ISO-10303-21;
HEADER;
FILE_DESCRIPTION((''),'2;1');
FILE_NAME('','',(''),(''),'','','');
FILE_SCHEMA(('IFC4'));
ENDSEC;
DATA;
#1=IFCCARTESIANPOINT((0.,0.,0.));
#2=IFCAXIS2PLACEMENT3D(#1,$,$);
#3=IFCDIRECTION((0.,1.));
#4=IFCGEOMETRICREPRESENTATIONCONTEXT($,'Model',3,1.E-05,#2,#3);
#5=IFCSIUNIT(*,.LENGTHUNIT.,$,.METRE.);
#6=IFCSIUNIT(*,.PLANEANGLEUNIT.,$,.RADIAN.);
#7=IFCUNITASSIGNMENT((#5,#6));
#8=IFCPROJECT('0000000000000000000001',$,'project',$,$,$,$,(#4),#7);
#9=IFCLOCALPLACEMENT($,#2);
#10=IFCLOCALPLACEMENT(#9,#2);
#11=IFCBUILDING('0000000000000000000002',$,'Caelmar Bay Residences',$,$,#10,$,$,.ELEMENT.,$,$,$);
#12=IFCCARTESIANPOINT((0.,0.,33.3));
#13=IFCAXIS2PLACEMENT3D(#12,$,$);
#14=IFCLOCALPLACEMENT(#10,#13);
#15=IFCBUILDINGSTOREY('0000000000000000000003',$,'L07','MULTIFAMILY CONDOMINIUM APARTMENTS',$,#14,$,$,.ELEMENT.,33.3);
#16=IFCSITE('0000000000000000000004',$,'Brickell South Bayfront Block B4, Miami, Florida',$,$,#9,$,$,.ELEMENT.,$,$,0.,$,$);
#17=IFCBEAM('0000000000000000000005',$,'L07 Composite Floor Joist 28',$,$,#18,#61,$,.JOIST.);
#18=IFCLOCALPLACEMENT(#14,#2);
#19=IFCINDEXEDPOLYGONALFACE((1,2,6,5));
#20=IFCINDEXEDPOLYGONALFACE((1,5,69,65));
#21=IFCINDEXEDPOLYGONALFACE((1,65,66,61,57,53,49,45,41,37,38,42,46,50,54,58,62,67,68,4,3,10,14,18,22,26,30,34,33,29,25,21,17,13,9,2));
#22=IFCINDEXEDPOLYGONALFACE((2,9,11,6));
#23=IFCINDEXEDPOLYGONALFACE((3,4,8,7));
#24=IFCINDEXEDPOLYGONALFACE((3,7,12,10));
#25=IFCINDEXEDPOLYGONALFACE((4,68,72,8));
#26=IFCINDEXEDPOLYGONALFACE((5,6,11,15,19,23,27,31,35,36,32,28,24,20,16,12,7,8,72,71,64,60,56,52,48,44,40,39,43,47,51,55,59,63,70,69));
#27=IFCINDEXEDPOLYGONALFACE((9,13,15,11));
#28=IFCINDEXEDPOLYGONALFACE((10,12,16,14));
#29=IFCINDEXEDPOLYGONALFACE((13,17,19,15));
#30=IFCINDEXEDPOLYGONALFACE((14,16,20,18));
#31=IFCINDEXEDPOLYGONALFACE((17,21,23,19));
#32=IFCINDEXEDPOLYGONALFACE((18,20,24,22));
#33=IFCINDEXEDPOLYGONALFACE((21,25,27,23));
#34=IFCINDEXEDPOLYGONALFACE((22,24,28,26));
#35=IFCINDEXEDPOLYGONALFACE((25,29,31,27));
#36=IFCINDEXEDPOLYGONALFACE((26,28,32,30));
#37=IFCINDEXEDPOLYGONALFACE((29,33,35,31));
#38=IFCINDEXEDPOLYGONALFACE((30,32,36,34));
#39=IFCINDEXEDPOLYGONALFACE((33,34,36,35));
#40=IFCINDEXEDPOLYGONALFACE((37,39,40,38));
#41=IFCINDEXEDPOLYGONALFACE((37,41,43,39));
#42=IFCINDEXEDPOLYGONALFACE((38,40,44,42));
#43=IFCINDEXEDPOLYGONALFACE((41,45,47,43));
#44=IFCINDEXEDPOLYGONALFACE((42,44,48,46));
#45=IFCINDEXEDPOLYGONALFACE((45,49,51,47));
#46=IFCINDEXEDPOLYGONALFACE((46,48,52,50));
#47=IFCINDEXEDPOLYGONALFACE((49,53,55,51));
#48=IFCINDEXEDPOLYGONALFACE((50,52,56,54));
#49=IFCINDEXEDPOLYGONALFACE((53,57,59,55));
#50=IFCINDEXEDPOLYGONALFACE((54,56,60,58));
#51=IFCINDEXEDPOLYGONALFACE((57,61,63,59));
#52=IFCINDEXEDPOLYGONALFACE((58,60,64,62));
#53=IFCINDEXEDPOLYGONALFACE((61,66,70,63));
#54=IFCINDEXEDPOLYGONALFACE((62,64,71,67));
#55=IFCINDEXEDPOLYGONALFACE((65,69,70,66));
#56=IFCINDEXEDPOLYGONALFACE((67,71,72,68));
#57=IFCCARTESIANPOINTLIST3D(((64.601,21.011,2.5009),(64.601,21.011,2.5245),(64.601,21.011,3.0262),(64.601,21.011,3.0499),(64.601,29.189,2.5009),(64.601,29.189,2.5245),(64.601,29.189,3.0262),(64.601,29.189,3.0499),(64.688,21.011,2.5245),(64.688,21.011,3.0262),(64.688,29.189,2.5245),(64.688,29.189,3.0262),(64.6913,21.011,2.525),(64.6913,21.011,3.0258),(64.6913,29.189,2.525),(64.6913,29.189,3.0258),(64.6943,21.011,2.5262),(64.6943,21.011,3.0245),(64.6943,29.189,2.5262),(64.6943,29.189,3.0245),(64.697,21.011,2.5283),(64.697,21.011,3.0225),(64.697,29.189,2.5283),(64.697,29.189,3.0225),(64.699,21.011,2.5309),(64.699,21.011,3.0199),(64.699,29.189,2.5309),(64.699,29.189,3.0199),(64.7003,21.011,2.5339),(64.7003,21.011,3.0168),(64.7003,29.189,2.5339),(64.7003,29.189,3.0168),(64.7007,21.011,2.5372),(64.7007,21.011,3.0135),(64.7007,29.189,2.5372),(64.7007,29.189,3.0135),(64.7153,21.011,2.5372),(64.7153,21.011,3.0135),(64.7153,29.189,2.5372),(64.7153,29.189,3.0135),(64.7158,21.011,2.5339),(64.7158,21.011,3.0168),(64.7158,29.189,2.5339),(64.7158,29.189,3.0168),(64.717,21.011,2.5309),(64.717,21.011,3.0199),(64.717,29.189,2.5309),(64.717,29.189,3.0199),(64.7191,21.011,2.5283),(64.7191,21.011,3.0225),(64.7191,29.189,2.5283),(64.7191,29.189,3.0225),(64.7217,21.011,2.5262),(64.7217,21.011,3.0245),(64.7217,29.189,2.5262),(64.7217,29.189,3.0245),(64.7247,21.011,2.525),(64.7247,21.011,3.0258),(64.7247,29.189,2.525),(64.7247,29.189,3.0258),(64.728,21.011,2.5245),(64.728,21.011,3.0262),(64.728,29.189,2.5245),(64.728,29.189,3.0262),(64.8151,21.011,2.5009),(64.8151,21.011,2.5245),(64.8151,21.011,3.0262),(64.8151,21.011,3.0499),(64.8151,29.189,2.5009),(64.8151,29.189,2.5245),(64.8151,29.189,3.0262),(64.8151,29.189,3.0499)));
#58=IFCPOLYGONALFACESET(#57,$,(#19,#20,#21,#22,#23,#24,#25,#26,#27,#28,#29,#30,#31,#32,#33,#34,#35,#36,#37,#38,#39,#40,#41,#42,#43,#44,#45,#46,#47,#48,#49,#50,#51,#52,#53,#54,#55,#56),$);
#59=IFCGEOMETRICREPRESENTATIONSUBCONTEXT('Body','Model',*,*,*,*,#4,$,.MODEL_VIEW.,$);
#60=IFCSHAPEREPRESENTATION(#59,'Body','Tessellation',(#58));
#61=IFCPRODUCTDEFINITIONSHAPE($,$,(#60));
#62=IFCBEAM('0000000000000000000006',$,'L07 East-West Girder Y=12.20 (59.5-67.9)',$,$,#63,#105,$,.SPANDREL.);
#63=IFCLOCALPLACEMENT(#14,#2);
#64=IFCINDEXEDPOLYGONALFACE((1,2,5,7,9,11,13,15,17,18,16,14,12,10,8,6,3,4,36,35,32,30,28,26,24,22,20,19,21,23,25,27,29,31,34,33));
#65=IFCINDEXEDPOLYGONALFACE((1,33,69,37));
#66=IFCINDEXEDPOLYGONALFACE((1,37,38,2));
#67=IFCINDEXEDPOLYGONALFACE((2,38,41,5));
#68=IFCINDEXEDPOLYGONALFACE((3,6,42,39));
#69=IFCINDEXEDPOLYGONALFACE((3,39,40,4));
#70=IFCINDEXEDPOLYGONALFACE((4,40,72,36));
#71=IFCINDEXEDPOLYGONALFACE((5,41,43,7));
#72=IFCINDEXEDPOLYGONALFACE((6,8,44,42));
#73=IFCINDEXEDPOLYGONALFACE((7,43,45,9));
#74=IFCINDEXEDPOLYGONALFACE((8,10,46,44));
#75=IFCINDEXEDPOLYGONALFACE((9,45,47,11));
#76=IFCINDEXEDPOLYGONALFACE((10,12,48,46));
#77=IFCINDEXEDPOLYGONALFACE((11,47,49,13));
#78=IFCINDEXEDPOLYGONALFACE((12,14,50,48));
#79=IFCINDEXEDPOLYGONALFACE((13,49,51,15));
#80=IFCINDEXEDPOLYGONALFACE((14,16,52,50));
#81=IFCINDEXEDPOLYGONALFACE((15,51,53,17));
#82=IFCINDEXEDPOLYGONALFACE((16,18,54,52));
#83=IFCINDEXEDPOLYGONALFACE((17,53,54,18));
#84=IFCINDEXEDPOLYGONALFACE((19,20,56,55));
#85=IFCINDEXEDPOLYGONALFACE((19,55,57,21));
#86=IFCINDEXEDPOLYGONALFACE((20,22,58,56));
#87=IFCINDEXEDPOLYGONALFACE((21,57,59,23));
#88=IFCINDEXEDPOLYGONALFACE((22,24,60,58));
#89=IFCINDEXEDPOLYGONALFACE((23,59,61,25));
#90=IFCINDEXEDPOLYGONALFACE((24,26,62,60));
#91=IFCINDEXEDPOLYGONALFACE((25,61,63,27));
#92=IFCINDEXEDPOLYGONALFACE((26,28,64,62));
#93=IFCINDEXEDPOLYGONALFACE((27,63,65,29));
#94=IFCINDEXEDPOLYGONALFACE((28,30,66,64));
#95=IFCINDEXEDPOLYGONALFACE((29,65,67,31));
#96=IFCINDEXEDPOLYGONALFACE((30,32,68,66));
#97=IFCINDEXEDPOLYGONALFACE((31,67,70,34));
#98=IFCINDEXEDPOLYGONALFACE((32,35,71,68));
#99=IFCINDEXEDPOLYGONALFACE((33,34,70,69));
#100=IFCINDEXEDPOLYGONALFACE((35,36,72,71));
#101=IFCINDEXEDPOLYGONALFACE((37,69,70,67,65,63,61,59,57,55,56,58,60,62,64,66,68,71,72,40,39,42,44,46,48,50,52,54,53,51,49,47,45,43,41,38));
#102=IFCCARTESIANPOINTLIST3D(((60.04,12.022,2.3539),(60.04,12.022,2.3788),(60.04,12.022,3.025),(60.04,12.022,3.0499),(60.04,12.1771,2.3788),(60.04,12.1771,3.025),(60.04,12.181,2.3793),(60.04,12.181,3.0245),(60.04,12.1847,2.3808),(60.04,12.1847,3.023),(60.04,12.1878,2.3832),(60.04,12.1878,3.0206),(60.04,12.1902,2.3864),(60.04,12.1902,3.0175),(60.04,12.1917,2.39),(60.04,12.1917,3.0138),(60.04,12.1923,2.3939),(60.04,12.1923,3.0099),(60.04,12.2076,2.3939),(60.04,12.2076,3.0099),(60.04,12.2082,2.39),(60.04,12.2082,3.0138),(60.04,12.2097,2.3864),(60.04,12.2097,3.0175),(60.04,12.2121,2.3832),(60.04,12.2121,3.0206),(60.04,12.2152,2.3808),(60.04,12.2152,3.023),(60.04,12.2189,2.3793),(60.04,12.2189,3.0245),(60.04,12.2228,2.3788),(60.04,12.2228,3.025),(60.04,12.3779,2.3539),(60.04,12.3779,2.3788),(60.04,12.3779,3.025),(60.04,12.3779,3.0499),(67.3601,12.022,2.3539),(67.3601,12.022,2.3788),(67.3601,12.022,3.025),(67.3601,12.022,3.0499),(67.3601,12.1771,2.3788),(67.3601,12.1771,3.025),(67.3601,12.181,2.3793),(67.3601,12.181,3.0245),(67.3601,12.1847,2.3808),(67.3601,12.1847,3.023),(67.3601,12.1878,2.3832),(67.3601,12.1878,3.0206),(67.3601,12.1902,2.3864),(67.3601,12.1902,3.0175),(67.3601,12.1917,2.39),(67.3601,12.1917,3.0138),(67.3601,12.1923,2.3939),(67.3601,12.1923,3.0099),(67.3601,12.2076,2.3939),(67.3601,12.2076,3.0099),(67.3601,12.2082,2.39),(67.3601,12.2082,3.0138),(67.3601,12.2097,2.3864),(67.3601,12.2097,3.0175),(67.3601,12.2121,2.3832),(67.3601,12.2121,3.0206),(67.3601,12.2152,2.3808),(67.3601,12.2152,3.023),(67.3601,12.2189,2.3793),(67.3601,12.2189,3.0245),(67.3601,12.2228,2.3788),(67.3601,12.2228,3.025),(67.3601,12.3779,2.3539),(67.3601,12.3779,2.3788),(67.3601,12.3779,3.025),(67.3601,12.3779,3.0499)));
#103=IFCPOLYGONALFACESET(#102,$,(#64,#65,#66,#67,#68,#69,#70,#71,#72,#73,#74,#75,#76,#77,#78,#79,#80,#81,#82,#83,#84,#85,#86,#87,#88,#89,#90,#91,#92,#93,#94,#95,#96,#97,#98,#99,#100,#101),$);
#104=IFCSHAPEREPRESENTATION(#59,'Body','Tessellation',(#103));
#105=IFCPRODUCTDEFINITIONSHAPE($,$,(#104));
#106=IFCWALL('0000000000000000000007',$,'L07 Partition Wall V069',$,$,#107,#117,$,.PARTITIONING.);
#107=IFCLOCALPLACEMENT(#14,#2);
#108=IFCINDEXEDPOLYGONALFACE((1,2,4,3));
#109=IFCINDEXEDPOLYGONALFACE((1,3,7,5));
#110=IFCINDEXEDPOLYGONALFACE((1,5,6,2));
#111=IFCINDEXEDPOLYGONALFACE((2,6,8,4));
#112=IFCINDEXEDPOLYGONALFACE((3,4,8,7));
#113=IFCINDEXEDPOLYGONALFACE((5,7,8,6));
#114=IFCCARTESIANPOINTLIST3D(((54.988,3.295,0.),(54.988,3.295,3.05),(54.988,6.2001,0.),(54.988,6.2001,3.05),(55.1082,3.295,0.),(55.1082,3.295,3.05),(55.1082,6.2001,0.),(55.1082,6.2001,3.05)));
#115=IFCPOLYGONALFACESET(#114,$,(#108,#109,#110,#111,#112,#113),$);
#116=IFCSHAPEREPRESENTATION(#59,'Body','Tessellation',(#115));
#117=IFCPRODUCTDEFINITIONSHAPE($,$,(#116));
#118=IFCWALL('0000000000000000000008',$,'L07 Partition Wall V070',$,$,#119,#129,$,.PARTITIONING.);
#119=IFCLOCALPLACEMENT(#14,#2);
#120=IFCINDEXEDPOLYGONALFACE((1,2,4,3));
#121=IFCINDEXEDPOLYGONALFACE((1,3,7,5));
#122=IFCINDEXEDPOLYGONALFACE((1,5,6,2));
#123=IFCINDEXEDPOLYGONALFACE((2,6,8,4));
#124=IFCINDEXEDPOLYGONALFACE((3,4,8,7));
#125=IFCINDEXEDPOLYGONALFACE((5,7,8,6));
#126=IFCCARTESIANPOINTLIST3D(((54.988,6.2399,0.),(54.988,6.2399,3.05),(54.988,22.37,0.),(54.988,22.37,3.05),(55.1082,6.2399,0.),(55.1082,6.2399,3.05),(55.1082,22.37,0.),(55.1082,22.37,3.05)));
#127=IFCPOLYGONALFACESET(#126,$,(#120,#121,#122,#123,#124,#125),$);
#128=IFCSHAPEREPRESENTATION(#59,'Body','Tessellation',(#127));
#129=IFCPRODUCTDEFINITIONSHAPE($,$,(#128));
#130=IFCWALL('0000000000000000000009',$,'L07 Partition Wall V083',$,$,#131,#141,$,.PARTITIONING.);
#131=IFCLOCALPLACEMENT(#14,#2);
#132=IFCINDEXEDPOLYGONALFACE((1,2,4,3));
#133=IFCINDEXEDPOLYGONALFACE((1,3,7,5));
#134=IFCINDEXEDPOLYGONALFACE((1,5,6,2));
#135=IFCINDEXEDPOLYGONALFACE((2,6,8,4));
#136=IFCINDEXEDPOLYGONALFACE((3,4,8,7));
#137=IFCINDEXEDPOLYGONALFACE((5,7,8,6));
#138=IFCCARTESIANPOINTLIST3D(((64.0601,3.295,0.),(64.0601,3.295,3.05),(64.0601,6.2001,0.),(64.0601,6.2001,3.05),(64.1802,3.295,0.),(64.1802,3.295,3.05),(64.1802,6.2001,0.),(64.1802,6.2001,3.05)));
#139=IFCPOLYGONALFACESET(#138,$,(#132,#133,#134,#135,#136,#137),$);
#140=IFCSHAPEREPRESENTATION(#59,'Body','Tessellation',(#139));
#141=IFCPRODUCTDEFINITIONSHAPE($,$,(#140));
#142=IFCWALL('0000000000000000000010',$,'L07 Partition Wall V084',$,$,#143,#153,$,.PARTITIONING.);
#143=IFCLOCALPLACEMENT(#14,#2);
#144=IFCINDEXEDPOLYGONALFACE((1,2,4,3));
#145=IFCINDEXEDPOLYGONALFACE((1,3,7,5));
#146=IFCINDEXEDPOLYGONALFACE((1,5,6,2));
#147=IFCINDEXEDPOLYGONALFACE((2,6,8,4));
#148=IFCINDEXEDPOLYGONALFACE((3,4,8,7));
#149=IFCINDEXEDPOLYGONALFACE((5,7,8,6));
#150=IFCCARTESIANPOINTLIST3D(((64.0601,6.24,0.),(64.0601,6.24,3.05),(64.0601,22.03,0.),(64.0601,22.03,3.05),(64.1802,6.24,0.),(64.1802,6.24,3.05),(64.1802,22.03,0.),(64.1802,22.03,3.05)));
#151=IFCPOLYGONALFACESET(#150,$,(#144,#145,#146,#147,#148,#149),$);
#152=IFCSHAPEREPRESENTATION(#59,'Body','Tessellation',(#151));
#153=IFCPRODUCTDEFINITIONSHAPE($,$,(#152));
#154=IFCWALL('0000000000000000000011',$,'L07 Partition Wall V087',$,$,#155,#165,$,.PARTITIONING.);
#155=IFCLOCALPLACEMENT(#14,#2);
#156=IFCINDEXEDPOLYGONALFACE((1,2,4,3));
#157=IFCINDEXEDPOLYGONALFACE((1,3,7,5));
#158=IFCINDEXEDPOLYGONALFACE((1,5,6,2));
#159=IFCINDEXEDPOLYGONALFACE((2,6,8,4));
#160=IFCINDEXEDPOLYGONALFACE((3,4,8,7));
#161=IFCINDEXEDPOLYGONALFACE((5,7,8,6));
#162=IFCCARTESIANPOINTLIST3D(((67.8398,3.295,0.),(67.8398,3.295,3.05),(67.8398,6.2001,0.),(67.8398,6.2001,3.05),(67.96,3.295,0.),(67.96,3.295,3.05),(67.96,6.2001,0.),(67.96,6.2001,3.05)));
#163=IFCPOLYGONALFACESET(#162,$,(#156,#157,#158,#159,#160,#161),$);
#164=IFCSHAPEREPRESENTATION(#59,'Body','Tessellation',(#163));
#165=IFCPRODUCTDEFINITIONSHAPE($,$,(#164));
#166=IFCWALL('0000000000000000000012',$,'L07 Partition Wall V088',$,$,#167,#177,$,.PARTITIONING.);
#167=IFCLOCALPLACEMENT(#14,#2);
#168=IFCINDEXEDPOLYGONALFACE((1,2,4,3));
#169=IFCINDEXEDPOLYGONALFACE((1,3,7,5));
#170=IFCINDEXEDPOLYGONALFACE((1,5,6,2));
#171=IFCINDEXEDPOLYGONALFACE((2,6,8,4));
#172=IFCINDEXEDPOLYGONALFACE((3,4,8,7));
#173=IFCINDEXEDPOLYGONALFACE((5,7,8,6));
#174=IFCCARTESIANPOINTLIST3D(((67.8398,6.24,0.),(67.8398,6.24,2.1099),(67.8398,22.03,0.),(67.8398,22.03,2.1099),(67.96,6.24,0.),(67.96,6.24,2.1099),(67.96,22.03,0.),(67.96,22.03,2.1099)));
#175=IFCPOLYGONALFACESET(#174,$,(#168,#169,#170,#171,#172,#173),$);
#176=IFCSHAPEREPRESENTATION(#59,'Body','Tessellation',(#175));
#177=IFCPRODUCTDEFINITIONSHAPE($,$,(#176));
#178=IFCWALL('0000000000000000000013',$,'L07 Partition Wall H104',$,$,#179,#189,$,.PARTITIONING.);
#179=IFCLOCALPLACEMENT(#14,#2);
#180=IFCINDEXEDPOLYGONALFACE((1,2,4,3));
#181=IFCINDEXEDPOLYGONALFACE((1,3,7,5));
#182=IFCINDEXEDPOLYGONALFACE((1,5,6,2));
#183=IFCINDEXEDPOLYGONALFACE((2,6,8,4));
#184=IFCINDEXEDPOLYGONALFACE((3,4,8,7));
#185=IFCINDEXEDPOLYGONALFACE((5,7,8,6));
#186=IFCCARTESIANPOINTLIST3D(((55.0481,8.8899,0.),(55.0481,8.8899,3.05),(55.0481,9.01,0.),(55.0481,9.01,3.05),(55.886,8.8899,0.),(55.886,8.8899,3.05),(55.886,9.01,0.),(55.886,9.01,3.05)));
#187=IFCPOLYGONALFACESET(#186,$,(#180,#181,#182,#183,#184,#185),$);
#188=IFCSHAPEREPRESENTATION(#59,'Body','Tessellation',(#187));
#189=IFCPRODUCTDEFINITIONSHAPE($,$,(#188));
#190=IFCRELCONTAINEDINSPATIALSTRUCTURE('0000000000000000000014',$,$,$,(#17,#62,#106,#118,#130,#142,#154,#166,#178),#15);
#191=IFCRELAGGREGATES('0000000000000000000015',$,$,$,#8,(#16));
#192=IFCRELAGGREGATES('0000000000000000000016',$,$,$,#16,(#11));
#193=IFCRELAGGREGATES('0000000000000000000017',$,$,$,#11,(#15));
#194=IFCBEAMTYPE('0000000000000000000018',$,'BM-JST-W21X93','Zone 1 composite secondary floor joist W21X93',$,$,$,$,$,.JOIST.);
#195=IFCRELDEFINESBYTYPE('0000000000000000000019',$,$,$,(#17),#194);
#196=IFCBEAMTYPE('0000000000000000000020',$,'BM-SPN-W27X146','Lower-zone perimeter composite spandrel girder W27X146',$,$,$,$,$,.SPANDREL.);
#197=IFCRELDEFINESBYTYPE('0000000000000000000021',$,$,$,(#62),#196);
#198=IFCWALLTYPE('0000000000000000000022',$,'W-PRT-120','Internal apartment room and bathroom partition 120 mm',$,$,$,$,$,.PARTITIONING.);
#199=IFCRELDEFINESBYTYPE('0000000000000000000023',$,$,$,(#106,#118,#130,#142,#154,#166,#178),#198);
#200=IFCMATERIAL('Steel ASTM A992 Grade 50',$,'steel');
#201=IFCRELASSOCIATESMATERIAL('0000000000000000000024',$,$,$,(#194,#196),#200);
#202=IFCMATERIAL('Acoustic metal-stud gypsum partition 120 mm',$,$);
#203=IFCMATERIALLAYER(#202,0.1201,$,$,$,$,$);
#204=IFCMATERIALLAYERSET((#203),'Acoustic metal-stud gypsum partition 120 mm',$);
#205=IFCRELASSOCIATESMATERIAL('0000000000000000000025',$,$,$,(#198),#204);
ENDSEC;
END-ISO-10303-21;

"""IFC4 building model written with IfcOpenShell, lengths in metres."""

from ifc_helpers import new_model, si_unit, direction, frame, frame_2d, origin, origin_2d, place, context, subcontext, project, spatial, rectangle, i_section, extrude, material, layer, layer_set, material_profile, profile_set, type_object, element, save


model = new_model("IFC4")

# Units and contexts
model_context = context("Model", 3, precision=1e-05, world=origin(), true_north=direction((0.0, 1.0)))
body_context = subcontext(model_context, "Body", "Model", "MODEL_VIEW")
ifc_project = project(units=[si_unit("LENGTHUNIT", "METRE"), si_unit("PLANEANGLEUNIT", "RADIAN")], contexts=[model_context])

# Site, building, storey
site_placement = place(None, origin())
site = spatial("IfcSite", under=ifc_project, at=site_placement, Name="Brickell South Bayfront Block B4, Miami, Florida", CompositionType="ELEMENT", RefElevation=0.0)
building_placement = place(site_placement, origin())
building = spatial("IfcBuilding", under=site, at=building_placement, Name="Caelmar Bay Residences", CompositionType="ELEMENT")
storey_placement = place(building_placement, frame((0.0, 0.0, 33.3)))
storey = spatial("IfcBuildingStorey", under=building, at=storey_placement, Name="L07", Description="MULTIFAMILY CONDOMINIUM APARTMENTS", CompositionType="ELEMENT", Elevation=33.3)

# Beams
ifc_material_1 = material(Name="Steel ASTM A992 Grade 50", Category="steel")
ifc_material_profile_1 = material_profile(ifc_material_1, i_section(OverallWidth=0.2141, OverallDepth=0.5491, WebThickness=0.0146, FlangeThickness=0.0237, FilletRadius=0.0127, at=origin_2d()), Name="W21X93")
ifc_profile_set_1 = profile_set([ifc_material_profile_1], Name="Steel ASTM A992 Grade 50")
beam_type_1 = type_object("IfcBeamType", Name="BM-JST-W21X93", Description="Zone 1 composite secondary floor joist W21X93", PredefinedType="JOIST", material=ifc_profile_set_1)
for number, where, z_axis, x_axis, name in (
    (1, (64.708, 21.011, 2.7754), (0.0, 1.0, 0.0), (-1.0, 0.0, 0.0), "L07 Composite Floor Joist 28"),
):
    element("IfcBeam", number, at=place(storey_placement, frame(where, z_axis=z_axis, x_axis=x_axis)), inside=storey, type_object=beam_type_1, Name=name, PredefinedType="JOIST", context=body_context, shape_type="SweptSolid", body=[
        extrude(i_section(OverallWidth=0.2141, OverallDepth=0.5491, WebThickness=0.0146, FlangeThickness=0.0237, FilletRadius=0.0127, at=origin_2d()), origin(), (0.0, 0.0, 1.0), 8.178),
    ])
ifc_material_profile_2 = material_profile(ifc_material_1, i_section(OverallWidth=0.356, OverallDepth=0.696, WebThickness=0.0154, FlangeThickness=0.0249, FilletRadius=0.0151, at=origin_2d()), Name="W27X146")
ifc_profile_set_2 = profile_set([ifc_material_profile_2], Name="Steel ASTM A992 Grade 50")
beam_type_2 = type_object("IfcBeamType", Name="BM-SPN-W27X146", Description="Lower-zone perimeter composite spandrel girder W27X146", PredefinedType="SPANDREL", material=ifc_profile_set_2)
beam_1_placement = place(storey_placement, frame((60.04, 12.2, 2.7019), z_axis=(1.0, 0.0, 0.0), x_axis=(0.0, 1.0, 0.0)))
element("IfcBeam", 2, at=beam_1_placement, inside=storey, type_object=beam_type_2, Name="L07 East-West Girder Y=12.20 (59.5-67.9)", PredefinedType="SPANDREL", context=body_context, shape_type="SweptSolid", body=[
    extrude(i_section(OverallWidth=0.356, OverallDepth=0.696, WebThickness=0.0154, FlangeThickness=0.0249, FilletRadius=0.0151, at=origin_2d()), origin(), (0.0, 0.0, 1.0), 7.3201),
])

# Walls
ifc_material_2 = material(Name="Acoustic metal-stud gypsum partition 120 mm")
ifc_layer_1 = layer(ifc_material_2, 0.1201)
ifc_layer_set_1 = layer_set([ifc_layer_1], Name="Acoustic metal-stud gypsum partition 120 mm")
wall_type_1 = type_object("IfcWallType", Name="W-PRT-120", Description="Internal apartment room and bathroom partition 120 mm", PredefinedType="PARTITIONING", material=ifc_layer_set_1)
wall_1_placement = place(storey_placement, frame((55.0481, 3.2949, 0.0), z_axis=(0.0, 0.0, 1.0), x_axis=(0.0, 1.0, 0.0)))
element("IfcWall", 3, at=wall_1_placement, inside=storey, type_object=wall_type_1, Name="L07 Partition Wall V069", PredefinedType="PARTITIONING", context=body_context, shape_type="SweptSolid", body=[
    extrude(rectangle(XDim=2.905, YDim=0.1201, at=frame_2d((1.4526, 0.0))), origin(), (0.0, 0.0, 1.0), 3.05),
])
wall_2_placement = place(storey_placement, frame((55.0481, 6.24, 0.0), z_axis=(0.0, 0.0, 1.0), x_axis=(0.0, 1.0, 0.0)))
element("IfcWall", 4, at=wall_2_placement, inside=storey, type_object=wall_type_1, Name="L07 Partition Wall V070", PredefinedType="PARTITIONING", context=body_context, shape_type="SweptSolid", body=[
    extrude(rectangle(XDim=16.1301, YDim=0.1201, at=frame_2d((8.0649, 0.0))), origin(), (0.0, 0.0, 1.0), 3.05),
])
wall_3_placement = place(storey_placement, frame((64.1201, 3.2949, 0.0), z_axis=(0.0, 0.0, 1.0), x_axis=(0.0, 1.0, 0.0)))
element("IfcWall", 5, at=wall_3_placement, inside=storey, type_object=wall_type_1, Name="L07 Partition Wall V083", PredefinedType="PARTITIONING", context=body_context, shape_type="SweptSolid", body=[
    extrude(rectangle(XDim=2.905, YDim=0.1201, at=frame_2d((1.4526, 0.0))), origin(), (0.0, 0.0, 1.0), 3.05),
])
wall_4_placement = place(storey_placement, frame((64.1201, 6.24, 0.0), z_axis=(0.0, 0.0, 1.0), x_axis=(0.0, 1.0, 0.0)))
element("IfcWall", 6, at=wall_4_placement, inside=storey, type_object=wall_type_1, Name="L07 Partition Wall V084", PredefinedType="PARTITIONING", context=body_context, shape_type="SweptSolid", body=[
    extrude(rectangle(XDim=15.79, YDim=0.1201, at=frame_2d((7.895, 0.0))), origin(), (0.0, 0.0, 1.0), 3.05),
])
wall_5_placement = place(storey_placement, frame((67.8999, 3.2949, 0.0), z_axis=(0.0, 0.0, 1.0), x_axis=(0.0, 1.0, 0.0)))
element("IfcWall", 7, at=wall_5_placement, inside=storey, type_object=wall_type_1, Name="L07 Partition Wall V087", PredefinedType="PARTITIONING", context=body_context, shape_type="SweptSolid", body=[
    extrude(rectangle(XDim=2.905, YDim=0.1201, at=frame_2d((1.4526, 0.0))), origin(), (0.0, 0.0, 1.0), 3.05),
])
wall_6_placement = place(storey_placement, frame((67.8999, 6.24, 0.0), z_axis=(0.0, 0.0, 1.0), x_axis=(0.0, 1.0, 0.0)))
element("IfcWall", 8, at=wall_6_placement, inside=storey, type_object=wall_type_1, Name="L07 Partition Wall V088", PredefinedType="PARTITIONING", context=body_context, shape_type="SweptSolid", body=[
    extrude(rectangle(XDim=15.79, YDim=0.1201, at=frame_2d((7.895, 0.0))), origin(), (0.0, 0.0, 1.0), 2.1099),
])
wall_7_placement = place(storey_placement, frame((55.0481, 8.95, 0.0), z_axis=(0.0, 0.0, 1.0), x_axis=(1.0, 0.0, 0.0)))
element("IfcWall", 9, at=wall_7_placement, inside=storey, type_object=wall_type_1, Name="L07 Partition Wall H104", PredefinedType="PARTITIONING", context=body_context, shape_type="SweptSolid", body=[
    extrude(rectangle(XDim=0.8379, YDim=0.1201, at=frame_2d((0.4189, 0.0))), origin(), (0.0, 0.0, 1.0), 3.05),
])

save(model, "model.ifc")
